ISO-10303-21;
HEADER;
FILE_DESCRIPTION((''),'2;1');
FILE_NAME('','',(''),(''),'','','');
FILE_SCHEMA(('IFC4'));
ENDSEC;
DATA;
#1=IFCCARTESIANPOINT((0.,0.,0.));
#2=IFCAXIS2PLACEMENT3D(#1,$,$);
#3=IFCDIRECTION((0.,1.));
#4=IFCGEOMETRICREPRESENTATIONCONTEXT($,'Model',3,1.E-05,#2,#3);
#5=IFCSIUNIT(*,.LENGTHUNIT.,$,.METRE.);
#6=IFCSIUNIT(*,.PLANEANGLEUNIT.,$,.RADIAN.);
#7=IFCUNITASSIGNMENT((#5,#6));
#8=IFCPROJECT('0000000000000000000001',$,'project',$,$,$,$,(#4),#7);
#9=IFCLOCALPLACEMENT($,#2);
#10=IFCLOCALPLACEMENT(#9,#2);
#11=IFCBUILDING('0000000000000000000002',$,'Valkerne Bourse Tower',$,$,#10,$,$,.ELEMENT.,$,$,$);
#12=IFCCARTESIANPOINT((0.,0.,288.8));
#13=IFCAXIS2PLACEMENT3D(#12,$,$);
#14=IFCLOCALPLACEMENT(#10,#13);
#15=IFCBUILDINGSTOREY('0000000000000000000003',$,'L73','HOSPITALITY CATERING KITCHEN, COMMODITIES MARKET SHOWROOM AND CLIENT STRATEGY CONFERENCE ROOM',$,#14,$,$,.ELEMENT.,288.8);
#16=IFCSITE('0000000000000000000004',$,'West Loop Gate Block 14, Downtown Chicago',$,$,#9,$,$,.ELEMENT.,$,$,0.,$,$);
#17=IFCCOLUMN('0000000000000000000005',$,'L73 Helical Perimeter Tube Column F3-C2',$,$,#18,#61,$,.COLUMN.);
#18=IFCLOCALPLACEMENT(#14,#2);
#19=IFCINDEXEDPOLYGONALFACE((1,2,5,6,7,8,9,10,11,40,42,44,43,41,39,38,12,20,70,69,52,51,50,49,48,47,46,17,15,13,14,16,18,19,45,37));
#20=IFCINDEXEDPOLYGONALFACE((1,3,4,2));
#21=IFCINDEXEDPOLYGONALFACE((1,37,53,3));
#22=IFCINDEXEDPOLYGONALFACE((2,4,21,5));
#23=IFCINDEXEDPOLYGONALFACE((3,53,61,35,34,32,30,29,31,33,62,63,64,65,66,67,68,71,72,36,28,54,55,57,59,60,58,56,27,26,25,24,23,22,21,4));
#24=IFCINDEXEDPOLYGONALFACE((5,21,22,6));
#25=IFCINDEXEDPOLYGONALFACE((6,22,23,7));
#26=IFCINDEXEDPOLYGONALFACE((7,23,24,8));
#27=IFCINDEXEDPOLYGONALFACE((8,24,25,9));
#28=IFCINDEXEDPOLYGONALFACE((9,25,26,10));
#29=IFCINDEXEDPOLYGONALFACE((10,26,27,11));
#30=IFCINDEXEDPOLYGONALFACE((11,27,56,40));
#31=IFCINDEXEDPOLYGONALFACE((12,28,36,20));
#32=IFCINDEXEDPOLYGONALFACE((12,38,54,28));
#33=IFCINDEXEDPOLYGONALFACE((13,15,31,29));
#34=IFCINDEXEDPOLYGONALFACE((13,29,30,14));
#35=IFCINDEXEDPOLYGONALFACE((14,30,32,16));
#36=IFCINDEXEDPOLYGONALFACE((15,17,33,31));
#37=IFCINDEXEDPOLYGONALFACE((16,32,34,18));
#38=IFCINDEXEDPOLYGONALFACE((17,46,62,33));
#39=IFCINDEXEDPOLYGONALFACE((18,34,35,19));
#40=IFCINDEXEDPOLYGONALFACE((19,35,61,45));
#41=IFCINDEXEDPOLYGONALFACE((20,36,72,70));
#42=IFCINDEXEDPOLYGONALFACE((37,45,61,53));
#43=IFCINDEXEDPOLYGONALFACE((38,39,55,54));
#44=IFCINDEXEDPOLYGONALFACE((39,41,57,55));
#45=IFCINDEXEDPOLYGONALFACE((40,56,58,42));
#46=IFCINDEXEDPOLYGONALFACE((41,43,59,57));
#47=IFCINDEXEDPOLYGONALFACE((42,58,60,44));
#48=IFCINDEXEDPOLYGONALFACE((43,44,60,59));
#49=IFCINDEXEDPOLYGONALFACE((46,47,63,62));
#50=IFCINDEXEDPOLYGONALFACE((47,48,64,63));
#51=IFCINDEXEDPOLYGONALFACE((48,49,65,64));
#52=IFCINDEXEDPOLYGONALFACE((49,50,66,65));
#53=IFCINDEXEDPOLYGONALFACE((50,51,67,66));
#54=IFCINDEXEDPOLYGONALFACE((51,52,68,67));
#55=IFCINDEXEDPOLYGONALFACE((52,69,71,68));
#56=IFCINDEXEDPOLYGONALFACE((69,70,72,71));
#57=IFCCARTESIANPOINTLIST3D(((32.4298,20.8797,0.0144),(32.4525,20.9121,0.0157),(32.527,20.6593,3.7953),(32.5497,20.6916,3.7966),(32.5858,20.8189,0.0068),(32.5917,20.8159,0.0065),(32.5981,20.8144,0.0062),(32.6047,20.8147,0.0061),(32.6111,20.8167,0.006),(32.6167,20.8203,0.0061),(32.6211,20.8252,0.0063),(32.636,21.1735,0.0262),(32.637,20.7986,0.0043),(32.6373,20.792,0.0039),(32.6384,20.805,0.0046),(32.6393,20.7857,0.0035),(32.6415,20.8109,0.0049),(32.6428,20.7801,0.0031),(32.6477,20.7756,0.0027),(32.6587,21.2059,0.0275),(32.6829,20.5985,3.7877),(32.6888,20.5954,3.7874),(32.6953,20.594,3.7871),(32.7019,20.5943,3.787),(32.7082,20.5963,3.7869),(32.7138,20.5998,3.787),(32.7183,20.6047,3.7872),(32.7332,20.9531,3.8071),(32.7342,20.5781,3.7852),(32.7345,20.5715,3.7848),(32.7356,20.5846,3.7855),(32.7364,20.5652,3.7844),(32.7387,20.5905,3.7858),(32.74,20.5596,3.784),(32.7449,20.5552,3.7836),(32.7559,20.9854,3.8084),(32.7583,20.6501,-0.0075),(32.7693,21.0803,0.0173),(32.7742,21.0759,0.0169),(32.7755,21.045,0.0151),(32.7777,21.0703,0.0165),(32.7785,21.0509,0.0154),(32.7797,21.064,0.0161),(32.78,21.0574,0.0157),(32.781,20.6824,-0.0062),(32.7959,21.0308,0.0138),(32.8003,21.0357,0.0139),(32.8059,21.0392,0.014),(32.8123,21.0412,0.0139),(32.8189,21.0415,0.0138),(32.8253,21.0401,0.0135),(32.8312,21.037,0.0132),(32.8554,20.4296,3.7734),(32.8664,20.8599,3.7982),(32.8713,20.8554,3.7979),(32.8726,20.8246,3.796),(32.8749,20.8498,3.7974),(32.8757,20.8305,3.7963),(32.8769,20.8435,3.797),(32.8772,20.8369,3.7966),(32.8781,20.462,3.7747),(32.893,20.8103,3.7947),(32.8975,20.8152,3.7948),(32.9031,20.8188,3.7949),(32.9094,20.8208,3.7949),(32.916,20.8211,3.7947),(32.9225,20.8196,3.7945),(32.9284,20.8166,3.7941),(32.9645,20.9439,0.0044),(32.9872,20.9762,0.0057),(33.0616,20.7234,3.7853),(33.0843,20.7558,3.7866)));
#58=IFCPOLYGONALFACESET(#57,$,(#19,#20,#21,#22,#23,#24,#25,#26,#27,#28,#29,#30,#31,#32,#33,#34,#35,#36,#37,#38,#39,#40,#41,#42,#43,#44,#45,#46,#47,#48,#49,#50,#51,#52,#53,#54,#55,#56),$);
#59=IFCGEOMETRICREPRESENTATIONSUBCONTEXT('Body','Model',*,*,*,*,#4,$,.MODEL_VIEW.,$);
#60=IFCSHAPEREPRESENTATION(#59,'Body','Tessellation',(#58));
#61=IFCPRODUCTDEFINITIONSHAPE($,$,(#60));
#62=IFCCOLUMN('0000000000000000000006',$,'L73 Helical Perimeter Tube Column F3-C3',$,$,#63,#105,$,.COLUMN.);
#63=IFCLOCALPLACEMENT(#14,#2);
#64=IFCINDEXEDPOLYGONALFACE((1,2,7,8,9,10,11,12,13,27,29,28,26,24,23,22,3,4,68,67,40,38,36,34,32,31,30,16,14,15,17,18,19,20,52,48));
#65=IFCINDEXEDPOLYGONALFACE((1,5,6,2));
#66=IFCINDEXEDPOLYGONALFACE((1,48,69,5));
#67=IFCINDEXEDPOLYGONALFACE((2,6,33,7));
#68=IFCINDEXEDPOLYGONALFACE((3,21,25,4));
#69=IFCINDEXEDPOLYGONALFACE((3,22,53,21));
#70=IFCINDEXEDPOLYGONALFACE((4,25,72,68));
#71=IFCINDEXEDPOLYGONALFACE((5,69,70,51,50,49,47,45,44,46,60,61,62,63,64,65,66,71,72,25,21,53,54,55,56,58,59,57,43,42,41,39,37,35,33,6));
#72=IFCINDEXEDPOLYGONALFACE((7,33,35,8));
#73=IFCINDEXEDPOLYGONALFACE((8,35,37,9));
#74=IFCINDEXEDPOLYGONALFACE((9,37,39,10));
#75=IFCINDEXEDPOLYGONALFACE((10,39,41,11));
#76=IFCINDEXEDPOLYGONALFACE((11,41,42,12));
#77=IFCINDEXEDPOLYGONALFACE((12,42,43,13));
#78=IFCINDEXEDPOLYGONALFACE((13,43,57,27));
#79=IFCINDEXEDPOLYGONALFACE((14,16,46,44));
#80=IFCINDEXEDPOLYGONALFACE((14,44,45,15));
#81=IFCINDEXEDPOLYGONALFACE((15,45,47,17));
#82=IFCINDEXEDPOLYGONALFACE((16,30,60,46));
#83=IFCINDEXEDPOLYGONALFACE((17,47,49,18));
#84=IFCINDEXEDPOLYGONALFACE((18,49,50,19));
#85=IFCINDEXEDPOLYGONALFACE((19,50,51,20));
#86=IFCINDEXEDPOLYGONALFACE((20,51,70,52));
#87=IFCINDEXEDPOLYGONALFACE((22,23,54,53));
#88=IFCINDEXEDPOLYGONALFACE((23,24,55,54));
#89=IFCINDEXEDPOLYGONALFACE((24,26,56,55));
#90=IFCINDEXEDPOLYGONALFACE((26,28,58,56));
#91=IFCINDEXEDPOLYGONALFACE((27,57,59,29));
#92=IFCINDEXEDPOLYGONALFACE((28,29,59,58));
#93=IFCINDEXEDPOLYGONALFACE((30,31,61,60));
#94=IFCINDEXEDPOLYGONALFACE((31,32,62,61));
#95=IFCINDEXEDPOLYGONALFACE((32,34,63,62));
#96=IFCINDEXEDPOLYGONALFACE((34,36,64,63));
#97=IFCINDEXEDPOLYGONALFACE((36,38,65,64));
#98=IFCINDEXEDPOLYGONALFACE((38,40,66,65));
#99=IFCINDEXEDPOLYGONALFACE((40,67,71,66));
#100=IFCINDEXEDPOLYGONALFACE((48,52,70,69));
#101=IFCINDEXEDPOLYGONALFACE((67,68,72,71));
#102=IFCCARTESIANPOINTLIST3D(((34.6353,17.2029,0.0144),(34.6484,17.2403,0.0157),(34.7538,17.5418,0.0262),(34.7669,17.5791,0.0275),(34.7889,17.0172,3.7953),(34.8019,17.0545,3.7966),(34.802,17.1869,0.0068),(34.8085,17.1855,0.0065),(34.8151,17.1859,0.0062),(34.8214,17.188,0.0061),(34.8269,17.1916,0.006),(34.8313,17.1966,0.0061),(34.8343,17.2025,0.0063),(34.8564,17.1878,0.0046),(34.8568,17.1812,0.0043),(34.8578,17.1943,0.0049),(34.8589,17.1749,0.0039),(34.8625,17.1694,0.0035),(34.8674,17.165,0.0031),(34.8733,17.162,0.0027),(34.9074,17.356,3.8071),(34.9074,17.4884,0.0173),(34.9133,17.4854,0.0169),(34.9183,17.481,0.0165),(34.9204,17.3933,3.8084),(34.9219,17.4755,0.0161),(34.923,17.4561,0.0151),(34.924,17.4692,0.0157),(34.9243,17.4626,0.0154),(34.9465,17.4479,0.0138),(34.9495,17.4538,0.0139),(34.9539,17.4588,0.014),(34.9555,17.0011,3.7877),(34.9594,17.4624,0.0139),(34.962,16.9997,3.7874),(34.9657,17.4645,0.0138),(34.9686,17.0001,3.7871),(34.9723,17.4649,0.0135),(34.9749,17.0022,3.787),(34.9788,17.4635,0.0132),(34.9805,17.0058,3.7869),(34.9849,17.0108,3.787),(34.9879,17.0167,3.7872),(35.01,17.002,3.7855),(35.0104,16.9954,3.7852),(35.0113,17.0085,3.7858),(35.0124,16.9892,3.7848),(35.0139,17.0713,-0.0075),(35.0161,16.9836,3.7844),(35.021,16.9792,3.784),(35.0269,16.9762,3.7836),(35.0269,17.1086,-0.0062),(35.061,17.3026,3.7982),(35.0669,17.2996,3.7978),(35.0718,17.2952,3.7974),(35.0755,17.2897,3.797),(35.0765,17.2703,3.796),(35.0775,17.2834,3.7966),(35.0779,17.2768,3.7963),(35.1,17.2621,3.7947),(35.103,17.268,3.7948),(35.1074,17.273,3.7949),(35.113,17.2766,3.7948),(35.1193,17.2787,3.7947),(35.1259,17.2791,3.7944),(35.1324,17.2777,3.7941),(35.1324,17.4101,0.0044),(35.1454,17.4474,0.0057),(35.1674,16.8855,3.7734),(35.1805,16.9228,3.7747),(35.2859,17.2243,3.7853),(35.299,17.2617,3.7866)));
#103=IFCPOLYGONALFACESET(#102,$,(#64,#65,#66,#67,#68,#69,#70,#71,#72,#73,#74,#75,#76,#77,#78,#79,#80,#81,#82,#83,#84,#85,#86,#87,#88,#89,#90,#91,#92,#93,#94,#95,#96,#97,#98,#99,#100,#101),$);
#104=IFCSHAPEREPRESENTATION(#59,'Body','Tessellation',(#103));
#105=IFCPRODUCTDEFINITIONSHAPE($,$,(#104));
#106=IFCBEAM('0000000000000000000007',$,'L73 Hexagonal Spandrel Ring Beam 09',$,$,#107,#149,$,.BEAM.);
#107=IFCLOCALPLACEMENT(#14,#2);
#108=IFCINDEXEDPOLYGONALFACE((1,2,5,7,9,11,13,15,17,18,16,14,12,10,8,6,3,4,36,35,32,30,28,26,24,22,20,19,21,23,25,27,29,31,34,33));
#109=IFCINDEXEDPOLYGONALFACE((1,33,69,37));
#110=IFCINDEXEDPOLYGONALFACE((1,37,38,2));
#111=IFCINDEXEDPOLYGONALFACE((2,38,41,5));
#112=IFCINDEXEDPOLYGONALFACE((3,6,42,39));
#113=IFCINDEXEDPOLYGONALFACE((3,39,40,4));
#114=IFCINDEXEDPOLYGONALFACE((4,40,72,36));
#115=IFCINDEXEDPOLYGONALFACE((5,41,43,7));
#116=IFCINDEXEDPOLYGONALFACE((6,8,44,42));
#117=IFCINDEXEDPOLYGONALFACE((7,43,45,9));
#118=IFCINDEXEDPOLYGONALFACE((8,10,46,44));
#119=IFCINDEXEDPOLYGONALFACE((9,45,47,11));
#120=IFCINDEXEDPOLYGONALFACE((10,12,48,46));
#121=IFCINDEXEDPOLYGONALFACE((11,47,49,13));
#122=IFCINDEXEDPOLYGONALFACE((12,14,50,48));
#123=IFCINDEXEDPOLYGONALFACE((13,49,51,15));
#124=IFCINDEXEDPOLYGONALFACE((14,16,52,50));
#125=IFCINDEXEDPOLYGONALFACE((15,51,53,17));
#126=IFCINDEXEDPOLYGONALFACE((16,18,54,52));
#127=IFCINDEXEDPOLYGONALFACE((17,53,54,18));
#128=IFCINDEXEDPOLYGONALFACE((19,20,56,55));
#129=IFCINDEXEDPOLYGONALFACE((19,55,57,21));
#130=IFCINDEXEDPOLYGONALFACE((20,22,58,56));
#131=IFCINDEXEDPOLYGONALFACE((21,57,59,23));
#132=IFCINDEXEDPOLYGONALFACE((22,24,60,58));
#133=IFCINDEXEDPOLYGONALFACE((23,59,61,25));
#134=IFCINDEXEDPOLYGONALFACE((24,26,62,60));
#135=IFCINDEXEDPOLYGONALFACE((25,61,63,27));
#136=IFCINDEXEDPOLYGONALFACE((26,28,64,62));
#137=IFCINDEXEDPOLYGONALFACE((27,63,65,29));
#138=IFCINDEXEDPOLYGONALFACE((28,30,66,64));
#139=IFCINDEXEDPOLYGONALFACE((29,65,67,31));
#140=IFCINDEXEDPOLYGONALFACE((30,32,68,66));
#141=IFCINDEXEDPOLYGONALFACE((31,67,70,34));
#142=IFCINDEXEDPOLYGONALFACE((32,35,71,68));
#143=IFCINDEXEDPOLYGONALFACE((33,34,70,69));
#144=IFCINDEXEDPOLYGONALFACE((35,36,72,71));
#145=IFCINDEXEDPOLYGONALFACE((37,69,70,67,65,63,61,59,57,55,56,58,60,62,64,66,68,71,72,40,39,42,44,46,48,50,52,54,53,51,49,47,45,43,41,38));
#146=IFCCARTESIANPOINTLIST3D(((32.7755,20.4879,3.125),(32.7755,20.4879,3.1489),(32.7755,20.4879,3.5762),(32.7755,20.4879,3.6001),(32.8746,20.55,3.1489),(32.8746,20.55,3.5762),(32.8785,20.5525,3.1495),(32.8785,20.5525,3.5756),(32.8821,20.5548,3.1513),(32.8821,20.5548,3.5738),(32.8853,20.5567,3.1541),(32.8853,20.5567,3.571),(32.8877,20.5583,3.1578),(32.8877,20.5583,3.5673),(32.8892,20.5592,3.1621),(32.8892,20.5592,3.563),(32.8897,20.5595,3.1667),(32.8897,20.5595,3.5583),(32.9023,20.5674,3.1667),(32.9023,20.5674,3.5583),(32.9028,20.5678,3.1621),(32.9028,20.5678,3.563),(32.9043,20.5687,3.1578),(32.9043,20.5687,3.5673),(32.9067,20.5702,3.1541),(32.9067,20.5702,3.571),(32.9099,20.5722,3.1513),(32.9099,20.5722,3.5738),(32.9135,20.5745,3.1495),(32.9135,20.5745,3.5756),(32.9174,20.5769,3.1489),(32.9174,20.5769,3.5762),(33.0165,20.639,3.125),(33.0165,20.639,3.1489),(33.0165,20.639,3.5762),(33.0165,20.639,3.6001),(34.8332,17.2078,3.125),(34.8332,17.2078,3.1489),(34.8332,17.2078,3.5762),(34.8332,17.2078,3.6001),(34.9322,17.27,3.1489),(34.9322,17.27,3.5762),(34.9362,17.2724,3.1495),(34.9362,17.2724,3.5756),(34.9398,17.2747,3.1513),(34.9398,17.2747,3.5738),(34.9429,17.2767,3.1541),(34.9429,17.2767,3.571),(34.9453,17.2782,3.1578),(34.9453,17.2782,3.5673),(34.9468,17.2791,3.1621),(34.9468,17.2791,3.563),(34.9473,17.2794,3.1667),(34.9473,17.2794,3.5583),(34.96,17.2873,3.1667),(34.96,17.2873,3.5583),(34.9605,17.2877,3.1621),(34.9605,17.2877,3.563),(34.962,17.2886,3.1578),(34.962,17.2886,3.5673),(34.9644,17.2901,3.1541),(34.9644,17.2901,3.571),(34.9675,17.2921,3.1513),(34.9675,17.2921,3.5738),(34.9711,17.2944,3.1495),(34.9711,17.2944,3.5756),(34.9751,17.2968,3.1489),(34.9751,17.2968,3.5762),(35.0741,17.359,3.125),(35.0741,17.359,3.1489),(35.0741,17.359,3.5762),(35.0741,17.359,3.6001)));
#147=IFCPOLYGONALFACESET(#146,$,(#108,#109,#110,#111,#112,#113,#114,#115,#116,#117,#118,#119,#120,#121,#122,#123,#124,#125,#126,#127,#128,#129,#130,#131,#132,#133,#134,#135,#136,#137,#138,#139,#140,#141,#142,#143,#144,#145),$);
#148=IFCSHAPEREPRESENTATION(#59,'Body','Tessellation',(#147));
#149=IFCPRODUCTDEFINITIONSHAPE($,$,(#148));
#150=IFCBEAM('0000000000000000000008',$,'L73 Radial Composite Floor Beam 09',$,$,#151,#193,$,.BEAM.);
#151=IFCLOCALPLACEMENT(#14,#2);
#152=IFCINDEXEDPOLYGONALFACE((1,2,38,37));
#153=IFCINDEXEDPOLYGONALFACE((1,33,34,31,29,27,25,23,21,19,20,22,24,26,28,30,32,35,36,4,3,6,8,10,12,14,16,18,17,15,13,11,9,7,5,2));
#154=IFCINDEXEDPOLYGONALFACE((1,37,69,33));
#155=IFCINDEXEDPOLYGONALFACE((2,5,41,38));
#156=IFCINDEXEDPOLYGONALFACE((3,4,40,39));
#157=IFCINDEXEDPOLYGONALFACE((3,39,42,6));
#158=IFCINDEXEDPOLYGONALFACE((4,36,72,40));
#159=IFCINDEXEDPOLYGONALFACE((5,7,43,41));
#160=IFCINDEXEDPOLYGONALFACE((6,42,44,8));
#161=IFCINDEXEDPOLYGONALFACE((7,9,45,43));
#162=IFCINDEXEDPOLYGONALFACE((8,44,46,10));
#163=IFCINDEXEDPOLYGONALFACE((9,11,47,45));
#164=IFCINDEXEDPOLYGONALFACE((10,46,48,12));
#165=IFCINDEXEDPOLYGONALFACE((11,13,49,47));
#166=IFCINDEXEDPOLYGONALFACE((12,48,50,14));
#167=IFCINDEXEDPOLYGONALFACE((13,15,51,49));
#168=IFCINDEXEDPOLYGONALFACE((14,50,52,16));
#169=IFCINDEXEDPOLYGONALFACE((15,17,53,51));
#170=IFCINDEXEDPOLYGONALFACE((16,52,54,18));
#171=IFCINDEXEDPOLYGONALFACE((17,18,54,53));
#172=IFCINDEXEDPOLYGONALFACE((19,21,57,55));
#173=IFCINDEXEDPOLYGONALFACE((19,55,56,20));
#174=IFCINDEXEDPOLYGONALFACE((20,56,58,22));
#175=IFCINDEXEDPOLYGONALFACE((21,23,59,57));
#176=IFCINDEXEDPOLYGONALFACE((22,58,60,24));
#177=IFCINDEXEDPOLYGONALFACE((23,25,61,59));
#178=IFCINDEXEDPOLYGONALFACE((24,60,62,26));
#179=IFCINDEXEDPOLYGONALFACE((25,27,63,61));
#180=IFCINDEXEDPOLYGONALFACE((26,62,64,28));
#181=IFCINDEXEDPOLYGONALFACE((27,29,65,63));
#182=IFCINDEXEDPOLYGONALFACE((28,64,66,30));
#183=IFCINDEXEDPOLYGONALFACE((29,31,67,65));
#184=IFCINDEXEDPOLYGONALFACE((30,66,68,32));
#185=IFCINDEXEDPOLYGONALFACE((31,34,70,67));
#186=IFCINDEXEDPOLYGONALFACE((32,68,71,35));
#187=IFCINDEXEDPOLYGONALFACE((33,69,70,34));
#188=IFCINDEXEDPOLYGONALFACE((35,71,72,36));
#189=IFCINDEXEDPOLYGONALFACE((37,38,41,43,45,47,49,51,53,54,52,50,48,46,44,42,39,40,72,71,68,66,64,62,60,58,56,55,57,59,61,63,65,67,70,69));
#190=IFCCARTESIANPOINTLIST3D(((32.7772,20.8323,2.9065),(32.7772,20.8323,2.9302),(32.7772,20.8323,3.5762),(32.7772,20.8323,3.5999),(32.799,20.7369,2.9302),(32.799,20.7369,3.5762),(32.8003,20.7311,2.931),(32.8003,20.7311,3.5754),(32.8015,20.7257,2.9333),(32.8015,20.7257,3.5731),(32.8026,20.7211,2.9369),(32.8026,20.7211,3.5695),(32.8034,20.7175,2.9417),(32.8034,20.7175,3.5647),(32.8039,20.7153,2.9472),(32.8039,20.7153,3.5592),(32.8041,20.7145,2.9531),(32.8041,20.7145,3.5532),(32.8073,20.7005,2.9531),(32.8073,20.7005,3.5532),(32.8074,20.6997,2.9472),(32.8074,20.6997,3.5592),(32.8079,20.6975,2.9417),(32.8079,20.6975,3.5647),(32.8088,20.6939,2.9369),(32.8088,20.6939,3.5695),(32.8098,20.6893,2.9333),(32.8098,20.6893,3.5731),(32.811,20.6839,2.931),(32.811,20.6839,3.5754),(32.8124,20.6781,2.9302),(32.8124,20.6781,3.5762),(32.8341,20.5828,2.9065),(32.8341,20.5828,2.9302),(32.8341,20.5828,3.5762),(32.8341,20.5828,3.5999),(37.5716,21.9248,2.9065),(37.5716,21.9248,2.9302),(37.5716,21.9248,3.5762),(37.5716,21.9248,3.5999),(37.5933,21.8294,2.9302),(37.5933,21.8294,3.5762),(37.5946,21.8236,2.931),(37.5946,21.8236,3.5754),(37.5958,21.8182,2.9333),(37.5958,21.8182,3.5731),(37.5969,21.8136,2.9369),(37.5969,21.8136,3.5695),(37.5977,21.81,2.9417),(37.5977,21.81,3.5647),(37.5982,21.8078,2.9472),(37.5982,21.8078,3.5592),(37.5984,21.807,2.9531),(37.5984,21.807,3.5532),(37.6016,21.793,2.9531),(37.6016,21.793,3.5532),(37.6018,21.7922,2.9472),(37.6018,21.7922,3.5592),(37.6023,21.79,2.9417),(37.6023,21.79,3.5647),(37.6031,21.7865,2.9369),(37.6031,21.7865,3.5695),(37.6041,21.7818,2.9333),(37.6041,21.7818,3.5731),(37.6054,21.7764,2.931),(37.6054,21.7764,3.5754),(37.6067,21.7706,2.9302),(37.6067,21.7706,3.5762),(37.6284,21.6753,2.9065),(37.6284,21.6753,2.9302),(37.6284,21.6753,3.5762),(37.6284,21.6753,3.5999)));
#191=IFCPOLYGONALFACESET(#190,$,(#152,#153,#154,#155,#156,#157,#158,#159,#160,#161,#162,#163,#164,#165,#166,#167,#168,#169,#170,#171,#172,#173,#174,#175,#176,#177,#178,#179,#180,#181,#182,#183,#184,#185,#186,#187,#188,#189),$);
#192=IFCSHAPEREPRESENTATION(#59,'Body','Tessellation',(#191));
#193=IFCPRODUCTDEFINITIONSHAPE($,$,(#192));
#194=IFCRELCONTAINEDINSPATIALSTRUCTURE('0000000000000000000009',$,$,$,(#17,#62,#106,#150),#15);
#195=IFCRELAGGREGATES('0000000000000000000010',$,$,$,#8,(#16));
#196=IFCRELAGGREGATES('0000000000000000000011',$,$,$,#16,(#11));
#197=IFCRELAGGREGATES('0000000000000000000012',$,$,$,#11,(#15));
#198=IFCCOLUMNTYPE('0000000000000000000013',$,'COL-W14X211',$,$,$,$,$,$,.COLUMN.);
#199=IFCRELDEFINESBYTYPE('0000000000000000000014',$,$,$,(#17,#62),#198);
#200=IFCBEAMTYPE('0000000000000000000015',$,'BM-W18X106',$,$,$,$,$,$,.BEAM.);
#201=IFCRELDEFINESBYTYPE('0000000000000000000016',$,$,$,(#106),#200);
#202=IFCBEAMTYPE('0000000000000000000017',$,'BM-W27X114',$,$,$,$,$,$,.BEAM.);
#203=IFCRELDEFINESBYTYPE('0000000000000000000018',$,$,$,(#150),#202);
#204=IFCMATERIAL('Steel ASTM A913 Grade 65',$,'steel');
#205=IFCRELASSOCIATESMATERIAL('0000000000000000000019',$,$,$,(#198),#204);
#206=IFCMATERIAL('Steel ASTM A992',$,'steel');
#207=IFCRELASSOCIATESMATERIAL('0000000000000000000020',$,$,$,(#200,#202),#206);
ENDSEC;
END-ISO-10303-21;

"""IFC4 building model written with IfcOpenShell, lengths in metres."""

from ifc_helpers import new_model, si_unit, direction, frame, origin, origin_2d, place, context, subcontext, project, spatial, i_section, extrude, material, material_profile, profile_set, type_object, element, save


model = new_model("IFC4")

# Units and contexts
model_context = context("Model", 3, precision=1e-05, world=origin(), true_north=direction((0.0, 1.0)))
body_context = subcontext(model_context, "Body", "Model", "MODEL_VIEW")
ifc_project = project(units=[si_unit("LENGTHUNIT", "METRE"), si_unit("PLANEANGLEUNIT", "RADIAN")], contexts=[model_context])

# Site, building, storey
site_placement = place(None, origin())
site = spatial("IfcSite", under=ifc_project, at=site_placement, Name="West Loop Gate Block 14, Downtown Chicago", CompositionType="ELEMENT", RefElevation=0.0)
building_placement = place(site_placement, origin())
building = spatial("IfcBuilding", under=site, at=building_placement, Name="Valkerne Bourse Tower", CompositionType="ELEMENT")
storey_placement = place(building_placement, frame((0.0, 0.0, 288.8)))
storey = spatial("IfcBuildingStorey", under=building, at=storey_placement, Name="L73", Description="HOSPITALITY CATERING KITCHEN, COMMODITIES MARKET SHOWROOM AND CLIENT STRATEGY CONFERENCE ROOM", CompositionType="ELEMENT", Elevation=288.8)

# Columns
ifc_material_1 = material(Name="Steel ASTM A913 Grade 65", Category="steel")
ifc_material_profile_1 = material_profile(ifc_material_1, i_section(OverallWidth=0.4014, OverallDepth=0.3987, WebThickness=0.0249, FlangeThickness=0.0396, FilletRadius=0.0254, at=origin_2d()), Name="W14X211")
ifc_profile_set_1 = profile_set([ifc_material_profile_1], Name="Steel ASTM A913 Grade 65")
column_type = type_object("IfcColumnType", Name="COL-W14X211", PredefinedType="COLUMN", material=ifc_profile_set_1)
for number, where, z_axis, x_axis, name in (
    (1, (32.7085, 20.928, 0.01), (0.025647, -0.058189, 0.997976), (0.81831, -0.572198, -0.054393), "L73 Helical Perimeter Tube Column F3-C2"),
    (2, (34.8904, 17.3252, 0.01), (0.040532, -0.049038, 0.997974), (0.94313, -0.327939, -0.054419), "L73 Helical Perimeter Tube Column F3-C3"),
):
    element("IfcColumn", number, at=place(storey_placement, frame(where, z_axis=z_axis, x_axis=x_axis)), inside=storey, type_object=column_type, Name=name, PredefinedType="COLUMN", context=body_context, shape_type="SweptSolid", body=[
        extrude(i_section(OverallWidth=0.4014, OverallDepth=0.3987, WebThickness=0.0249, FlangeThickness=0.0396, FilletRadius=0.0254, at=origin_2d()), origin(), (0.0, 0.0, 1.0), 3.7886),
    ])

# Beams
ifc_material_2 = material(Name="Steel ASTM A992", Category="steel")
ifc_material_profile_2 = material_profile(ifc_material_2, i_section(OverallWidth=0.2844, OverallDepth=0.4751, WebThickness=0.0149, FlangeThickness=0.0239, FilletRadius=0.0178, at=origin_2d()), Name="W18X106")
ifc_profile_set_2 = profile_set([ifc_material_profile_2], Name="Steel ASTM A992")
beam_type_1 = type_object("IfcBeamType", Name="BM-W18X106", PredefinedType="BEAM", material=ifc_profile_set_2)
beam_1_placement = place(storey_placement, frame((32.896, 20.5635, 3.3625), z_axis=(0.531409, -0.847115, 0.0), x_axis=(0.847115, 0.531409, 0.0)))
element("IfcBeam", 3, at=beam_1_placement, inside=storey, type_object=beam_type_1, Name="L73 Hexagonal Spandrel Ring Beam 09", PredefinedType="BEAM", context=body_context, shape_type="SweptSolid", body=[
    extrude(i_section(OverallWidth=0.2844, OverallDepth=0.4751, WebThickness=0.0149, FlangeThickness=0.0239, FilletRadius=0.0178, at=origin_2d()), origin(), (0.0, 0.0, 1.0), 3.8721),
])
ifc_material_profile_3 = material_profile(ifc_material_2, i_section(OverallWidth=0.2559, OverallDepth=0.6934, WebThickness=0.0144, FlangeThickness=0.0237, FilletRadius=0.0229, at=origin_2d()), Name="W27X114")
ifc_profile_set_3 = profile_set([ifc_material_profile_3], Name="Steel ASTM A992")
beam_type_2 = type_object("IfcBeamType", Name="BM-W27X114", PredefinedType="BEAM", material=ifc_profile_set_3)
beam_2_placement = place(storey_placement, frame((32.8057, 20.7075, 3.2532), z_axis=(0.975006, 0.222179, 0.0), x_axis=(-0.222179, 0.975006, 0.0)))
element("IfcBeam", 4, at=beam_2_placement, inside=storey, type_object=beam_type_2, Name="L73 Radial Composite Floor Beam 09", PredefinedType="BEAM", context=body_context, shape_type="SweptSolid", body=[
    extrude(i_section(OverallWidth=0.2559, OverallDepth=0.6934, WebThickness=0.0144, FlangeThickness=0.0237, FilletRadius=0.0229, at=origin_2d()), origin(), (0.0, 0.0, 1.0), 4.9172),
])

save(model, "model.ifc")
